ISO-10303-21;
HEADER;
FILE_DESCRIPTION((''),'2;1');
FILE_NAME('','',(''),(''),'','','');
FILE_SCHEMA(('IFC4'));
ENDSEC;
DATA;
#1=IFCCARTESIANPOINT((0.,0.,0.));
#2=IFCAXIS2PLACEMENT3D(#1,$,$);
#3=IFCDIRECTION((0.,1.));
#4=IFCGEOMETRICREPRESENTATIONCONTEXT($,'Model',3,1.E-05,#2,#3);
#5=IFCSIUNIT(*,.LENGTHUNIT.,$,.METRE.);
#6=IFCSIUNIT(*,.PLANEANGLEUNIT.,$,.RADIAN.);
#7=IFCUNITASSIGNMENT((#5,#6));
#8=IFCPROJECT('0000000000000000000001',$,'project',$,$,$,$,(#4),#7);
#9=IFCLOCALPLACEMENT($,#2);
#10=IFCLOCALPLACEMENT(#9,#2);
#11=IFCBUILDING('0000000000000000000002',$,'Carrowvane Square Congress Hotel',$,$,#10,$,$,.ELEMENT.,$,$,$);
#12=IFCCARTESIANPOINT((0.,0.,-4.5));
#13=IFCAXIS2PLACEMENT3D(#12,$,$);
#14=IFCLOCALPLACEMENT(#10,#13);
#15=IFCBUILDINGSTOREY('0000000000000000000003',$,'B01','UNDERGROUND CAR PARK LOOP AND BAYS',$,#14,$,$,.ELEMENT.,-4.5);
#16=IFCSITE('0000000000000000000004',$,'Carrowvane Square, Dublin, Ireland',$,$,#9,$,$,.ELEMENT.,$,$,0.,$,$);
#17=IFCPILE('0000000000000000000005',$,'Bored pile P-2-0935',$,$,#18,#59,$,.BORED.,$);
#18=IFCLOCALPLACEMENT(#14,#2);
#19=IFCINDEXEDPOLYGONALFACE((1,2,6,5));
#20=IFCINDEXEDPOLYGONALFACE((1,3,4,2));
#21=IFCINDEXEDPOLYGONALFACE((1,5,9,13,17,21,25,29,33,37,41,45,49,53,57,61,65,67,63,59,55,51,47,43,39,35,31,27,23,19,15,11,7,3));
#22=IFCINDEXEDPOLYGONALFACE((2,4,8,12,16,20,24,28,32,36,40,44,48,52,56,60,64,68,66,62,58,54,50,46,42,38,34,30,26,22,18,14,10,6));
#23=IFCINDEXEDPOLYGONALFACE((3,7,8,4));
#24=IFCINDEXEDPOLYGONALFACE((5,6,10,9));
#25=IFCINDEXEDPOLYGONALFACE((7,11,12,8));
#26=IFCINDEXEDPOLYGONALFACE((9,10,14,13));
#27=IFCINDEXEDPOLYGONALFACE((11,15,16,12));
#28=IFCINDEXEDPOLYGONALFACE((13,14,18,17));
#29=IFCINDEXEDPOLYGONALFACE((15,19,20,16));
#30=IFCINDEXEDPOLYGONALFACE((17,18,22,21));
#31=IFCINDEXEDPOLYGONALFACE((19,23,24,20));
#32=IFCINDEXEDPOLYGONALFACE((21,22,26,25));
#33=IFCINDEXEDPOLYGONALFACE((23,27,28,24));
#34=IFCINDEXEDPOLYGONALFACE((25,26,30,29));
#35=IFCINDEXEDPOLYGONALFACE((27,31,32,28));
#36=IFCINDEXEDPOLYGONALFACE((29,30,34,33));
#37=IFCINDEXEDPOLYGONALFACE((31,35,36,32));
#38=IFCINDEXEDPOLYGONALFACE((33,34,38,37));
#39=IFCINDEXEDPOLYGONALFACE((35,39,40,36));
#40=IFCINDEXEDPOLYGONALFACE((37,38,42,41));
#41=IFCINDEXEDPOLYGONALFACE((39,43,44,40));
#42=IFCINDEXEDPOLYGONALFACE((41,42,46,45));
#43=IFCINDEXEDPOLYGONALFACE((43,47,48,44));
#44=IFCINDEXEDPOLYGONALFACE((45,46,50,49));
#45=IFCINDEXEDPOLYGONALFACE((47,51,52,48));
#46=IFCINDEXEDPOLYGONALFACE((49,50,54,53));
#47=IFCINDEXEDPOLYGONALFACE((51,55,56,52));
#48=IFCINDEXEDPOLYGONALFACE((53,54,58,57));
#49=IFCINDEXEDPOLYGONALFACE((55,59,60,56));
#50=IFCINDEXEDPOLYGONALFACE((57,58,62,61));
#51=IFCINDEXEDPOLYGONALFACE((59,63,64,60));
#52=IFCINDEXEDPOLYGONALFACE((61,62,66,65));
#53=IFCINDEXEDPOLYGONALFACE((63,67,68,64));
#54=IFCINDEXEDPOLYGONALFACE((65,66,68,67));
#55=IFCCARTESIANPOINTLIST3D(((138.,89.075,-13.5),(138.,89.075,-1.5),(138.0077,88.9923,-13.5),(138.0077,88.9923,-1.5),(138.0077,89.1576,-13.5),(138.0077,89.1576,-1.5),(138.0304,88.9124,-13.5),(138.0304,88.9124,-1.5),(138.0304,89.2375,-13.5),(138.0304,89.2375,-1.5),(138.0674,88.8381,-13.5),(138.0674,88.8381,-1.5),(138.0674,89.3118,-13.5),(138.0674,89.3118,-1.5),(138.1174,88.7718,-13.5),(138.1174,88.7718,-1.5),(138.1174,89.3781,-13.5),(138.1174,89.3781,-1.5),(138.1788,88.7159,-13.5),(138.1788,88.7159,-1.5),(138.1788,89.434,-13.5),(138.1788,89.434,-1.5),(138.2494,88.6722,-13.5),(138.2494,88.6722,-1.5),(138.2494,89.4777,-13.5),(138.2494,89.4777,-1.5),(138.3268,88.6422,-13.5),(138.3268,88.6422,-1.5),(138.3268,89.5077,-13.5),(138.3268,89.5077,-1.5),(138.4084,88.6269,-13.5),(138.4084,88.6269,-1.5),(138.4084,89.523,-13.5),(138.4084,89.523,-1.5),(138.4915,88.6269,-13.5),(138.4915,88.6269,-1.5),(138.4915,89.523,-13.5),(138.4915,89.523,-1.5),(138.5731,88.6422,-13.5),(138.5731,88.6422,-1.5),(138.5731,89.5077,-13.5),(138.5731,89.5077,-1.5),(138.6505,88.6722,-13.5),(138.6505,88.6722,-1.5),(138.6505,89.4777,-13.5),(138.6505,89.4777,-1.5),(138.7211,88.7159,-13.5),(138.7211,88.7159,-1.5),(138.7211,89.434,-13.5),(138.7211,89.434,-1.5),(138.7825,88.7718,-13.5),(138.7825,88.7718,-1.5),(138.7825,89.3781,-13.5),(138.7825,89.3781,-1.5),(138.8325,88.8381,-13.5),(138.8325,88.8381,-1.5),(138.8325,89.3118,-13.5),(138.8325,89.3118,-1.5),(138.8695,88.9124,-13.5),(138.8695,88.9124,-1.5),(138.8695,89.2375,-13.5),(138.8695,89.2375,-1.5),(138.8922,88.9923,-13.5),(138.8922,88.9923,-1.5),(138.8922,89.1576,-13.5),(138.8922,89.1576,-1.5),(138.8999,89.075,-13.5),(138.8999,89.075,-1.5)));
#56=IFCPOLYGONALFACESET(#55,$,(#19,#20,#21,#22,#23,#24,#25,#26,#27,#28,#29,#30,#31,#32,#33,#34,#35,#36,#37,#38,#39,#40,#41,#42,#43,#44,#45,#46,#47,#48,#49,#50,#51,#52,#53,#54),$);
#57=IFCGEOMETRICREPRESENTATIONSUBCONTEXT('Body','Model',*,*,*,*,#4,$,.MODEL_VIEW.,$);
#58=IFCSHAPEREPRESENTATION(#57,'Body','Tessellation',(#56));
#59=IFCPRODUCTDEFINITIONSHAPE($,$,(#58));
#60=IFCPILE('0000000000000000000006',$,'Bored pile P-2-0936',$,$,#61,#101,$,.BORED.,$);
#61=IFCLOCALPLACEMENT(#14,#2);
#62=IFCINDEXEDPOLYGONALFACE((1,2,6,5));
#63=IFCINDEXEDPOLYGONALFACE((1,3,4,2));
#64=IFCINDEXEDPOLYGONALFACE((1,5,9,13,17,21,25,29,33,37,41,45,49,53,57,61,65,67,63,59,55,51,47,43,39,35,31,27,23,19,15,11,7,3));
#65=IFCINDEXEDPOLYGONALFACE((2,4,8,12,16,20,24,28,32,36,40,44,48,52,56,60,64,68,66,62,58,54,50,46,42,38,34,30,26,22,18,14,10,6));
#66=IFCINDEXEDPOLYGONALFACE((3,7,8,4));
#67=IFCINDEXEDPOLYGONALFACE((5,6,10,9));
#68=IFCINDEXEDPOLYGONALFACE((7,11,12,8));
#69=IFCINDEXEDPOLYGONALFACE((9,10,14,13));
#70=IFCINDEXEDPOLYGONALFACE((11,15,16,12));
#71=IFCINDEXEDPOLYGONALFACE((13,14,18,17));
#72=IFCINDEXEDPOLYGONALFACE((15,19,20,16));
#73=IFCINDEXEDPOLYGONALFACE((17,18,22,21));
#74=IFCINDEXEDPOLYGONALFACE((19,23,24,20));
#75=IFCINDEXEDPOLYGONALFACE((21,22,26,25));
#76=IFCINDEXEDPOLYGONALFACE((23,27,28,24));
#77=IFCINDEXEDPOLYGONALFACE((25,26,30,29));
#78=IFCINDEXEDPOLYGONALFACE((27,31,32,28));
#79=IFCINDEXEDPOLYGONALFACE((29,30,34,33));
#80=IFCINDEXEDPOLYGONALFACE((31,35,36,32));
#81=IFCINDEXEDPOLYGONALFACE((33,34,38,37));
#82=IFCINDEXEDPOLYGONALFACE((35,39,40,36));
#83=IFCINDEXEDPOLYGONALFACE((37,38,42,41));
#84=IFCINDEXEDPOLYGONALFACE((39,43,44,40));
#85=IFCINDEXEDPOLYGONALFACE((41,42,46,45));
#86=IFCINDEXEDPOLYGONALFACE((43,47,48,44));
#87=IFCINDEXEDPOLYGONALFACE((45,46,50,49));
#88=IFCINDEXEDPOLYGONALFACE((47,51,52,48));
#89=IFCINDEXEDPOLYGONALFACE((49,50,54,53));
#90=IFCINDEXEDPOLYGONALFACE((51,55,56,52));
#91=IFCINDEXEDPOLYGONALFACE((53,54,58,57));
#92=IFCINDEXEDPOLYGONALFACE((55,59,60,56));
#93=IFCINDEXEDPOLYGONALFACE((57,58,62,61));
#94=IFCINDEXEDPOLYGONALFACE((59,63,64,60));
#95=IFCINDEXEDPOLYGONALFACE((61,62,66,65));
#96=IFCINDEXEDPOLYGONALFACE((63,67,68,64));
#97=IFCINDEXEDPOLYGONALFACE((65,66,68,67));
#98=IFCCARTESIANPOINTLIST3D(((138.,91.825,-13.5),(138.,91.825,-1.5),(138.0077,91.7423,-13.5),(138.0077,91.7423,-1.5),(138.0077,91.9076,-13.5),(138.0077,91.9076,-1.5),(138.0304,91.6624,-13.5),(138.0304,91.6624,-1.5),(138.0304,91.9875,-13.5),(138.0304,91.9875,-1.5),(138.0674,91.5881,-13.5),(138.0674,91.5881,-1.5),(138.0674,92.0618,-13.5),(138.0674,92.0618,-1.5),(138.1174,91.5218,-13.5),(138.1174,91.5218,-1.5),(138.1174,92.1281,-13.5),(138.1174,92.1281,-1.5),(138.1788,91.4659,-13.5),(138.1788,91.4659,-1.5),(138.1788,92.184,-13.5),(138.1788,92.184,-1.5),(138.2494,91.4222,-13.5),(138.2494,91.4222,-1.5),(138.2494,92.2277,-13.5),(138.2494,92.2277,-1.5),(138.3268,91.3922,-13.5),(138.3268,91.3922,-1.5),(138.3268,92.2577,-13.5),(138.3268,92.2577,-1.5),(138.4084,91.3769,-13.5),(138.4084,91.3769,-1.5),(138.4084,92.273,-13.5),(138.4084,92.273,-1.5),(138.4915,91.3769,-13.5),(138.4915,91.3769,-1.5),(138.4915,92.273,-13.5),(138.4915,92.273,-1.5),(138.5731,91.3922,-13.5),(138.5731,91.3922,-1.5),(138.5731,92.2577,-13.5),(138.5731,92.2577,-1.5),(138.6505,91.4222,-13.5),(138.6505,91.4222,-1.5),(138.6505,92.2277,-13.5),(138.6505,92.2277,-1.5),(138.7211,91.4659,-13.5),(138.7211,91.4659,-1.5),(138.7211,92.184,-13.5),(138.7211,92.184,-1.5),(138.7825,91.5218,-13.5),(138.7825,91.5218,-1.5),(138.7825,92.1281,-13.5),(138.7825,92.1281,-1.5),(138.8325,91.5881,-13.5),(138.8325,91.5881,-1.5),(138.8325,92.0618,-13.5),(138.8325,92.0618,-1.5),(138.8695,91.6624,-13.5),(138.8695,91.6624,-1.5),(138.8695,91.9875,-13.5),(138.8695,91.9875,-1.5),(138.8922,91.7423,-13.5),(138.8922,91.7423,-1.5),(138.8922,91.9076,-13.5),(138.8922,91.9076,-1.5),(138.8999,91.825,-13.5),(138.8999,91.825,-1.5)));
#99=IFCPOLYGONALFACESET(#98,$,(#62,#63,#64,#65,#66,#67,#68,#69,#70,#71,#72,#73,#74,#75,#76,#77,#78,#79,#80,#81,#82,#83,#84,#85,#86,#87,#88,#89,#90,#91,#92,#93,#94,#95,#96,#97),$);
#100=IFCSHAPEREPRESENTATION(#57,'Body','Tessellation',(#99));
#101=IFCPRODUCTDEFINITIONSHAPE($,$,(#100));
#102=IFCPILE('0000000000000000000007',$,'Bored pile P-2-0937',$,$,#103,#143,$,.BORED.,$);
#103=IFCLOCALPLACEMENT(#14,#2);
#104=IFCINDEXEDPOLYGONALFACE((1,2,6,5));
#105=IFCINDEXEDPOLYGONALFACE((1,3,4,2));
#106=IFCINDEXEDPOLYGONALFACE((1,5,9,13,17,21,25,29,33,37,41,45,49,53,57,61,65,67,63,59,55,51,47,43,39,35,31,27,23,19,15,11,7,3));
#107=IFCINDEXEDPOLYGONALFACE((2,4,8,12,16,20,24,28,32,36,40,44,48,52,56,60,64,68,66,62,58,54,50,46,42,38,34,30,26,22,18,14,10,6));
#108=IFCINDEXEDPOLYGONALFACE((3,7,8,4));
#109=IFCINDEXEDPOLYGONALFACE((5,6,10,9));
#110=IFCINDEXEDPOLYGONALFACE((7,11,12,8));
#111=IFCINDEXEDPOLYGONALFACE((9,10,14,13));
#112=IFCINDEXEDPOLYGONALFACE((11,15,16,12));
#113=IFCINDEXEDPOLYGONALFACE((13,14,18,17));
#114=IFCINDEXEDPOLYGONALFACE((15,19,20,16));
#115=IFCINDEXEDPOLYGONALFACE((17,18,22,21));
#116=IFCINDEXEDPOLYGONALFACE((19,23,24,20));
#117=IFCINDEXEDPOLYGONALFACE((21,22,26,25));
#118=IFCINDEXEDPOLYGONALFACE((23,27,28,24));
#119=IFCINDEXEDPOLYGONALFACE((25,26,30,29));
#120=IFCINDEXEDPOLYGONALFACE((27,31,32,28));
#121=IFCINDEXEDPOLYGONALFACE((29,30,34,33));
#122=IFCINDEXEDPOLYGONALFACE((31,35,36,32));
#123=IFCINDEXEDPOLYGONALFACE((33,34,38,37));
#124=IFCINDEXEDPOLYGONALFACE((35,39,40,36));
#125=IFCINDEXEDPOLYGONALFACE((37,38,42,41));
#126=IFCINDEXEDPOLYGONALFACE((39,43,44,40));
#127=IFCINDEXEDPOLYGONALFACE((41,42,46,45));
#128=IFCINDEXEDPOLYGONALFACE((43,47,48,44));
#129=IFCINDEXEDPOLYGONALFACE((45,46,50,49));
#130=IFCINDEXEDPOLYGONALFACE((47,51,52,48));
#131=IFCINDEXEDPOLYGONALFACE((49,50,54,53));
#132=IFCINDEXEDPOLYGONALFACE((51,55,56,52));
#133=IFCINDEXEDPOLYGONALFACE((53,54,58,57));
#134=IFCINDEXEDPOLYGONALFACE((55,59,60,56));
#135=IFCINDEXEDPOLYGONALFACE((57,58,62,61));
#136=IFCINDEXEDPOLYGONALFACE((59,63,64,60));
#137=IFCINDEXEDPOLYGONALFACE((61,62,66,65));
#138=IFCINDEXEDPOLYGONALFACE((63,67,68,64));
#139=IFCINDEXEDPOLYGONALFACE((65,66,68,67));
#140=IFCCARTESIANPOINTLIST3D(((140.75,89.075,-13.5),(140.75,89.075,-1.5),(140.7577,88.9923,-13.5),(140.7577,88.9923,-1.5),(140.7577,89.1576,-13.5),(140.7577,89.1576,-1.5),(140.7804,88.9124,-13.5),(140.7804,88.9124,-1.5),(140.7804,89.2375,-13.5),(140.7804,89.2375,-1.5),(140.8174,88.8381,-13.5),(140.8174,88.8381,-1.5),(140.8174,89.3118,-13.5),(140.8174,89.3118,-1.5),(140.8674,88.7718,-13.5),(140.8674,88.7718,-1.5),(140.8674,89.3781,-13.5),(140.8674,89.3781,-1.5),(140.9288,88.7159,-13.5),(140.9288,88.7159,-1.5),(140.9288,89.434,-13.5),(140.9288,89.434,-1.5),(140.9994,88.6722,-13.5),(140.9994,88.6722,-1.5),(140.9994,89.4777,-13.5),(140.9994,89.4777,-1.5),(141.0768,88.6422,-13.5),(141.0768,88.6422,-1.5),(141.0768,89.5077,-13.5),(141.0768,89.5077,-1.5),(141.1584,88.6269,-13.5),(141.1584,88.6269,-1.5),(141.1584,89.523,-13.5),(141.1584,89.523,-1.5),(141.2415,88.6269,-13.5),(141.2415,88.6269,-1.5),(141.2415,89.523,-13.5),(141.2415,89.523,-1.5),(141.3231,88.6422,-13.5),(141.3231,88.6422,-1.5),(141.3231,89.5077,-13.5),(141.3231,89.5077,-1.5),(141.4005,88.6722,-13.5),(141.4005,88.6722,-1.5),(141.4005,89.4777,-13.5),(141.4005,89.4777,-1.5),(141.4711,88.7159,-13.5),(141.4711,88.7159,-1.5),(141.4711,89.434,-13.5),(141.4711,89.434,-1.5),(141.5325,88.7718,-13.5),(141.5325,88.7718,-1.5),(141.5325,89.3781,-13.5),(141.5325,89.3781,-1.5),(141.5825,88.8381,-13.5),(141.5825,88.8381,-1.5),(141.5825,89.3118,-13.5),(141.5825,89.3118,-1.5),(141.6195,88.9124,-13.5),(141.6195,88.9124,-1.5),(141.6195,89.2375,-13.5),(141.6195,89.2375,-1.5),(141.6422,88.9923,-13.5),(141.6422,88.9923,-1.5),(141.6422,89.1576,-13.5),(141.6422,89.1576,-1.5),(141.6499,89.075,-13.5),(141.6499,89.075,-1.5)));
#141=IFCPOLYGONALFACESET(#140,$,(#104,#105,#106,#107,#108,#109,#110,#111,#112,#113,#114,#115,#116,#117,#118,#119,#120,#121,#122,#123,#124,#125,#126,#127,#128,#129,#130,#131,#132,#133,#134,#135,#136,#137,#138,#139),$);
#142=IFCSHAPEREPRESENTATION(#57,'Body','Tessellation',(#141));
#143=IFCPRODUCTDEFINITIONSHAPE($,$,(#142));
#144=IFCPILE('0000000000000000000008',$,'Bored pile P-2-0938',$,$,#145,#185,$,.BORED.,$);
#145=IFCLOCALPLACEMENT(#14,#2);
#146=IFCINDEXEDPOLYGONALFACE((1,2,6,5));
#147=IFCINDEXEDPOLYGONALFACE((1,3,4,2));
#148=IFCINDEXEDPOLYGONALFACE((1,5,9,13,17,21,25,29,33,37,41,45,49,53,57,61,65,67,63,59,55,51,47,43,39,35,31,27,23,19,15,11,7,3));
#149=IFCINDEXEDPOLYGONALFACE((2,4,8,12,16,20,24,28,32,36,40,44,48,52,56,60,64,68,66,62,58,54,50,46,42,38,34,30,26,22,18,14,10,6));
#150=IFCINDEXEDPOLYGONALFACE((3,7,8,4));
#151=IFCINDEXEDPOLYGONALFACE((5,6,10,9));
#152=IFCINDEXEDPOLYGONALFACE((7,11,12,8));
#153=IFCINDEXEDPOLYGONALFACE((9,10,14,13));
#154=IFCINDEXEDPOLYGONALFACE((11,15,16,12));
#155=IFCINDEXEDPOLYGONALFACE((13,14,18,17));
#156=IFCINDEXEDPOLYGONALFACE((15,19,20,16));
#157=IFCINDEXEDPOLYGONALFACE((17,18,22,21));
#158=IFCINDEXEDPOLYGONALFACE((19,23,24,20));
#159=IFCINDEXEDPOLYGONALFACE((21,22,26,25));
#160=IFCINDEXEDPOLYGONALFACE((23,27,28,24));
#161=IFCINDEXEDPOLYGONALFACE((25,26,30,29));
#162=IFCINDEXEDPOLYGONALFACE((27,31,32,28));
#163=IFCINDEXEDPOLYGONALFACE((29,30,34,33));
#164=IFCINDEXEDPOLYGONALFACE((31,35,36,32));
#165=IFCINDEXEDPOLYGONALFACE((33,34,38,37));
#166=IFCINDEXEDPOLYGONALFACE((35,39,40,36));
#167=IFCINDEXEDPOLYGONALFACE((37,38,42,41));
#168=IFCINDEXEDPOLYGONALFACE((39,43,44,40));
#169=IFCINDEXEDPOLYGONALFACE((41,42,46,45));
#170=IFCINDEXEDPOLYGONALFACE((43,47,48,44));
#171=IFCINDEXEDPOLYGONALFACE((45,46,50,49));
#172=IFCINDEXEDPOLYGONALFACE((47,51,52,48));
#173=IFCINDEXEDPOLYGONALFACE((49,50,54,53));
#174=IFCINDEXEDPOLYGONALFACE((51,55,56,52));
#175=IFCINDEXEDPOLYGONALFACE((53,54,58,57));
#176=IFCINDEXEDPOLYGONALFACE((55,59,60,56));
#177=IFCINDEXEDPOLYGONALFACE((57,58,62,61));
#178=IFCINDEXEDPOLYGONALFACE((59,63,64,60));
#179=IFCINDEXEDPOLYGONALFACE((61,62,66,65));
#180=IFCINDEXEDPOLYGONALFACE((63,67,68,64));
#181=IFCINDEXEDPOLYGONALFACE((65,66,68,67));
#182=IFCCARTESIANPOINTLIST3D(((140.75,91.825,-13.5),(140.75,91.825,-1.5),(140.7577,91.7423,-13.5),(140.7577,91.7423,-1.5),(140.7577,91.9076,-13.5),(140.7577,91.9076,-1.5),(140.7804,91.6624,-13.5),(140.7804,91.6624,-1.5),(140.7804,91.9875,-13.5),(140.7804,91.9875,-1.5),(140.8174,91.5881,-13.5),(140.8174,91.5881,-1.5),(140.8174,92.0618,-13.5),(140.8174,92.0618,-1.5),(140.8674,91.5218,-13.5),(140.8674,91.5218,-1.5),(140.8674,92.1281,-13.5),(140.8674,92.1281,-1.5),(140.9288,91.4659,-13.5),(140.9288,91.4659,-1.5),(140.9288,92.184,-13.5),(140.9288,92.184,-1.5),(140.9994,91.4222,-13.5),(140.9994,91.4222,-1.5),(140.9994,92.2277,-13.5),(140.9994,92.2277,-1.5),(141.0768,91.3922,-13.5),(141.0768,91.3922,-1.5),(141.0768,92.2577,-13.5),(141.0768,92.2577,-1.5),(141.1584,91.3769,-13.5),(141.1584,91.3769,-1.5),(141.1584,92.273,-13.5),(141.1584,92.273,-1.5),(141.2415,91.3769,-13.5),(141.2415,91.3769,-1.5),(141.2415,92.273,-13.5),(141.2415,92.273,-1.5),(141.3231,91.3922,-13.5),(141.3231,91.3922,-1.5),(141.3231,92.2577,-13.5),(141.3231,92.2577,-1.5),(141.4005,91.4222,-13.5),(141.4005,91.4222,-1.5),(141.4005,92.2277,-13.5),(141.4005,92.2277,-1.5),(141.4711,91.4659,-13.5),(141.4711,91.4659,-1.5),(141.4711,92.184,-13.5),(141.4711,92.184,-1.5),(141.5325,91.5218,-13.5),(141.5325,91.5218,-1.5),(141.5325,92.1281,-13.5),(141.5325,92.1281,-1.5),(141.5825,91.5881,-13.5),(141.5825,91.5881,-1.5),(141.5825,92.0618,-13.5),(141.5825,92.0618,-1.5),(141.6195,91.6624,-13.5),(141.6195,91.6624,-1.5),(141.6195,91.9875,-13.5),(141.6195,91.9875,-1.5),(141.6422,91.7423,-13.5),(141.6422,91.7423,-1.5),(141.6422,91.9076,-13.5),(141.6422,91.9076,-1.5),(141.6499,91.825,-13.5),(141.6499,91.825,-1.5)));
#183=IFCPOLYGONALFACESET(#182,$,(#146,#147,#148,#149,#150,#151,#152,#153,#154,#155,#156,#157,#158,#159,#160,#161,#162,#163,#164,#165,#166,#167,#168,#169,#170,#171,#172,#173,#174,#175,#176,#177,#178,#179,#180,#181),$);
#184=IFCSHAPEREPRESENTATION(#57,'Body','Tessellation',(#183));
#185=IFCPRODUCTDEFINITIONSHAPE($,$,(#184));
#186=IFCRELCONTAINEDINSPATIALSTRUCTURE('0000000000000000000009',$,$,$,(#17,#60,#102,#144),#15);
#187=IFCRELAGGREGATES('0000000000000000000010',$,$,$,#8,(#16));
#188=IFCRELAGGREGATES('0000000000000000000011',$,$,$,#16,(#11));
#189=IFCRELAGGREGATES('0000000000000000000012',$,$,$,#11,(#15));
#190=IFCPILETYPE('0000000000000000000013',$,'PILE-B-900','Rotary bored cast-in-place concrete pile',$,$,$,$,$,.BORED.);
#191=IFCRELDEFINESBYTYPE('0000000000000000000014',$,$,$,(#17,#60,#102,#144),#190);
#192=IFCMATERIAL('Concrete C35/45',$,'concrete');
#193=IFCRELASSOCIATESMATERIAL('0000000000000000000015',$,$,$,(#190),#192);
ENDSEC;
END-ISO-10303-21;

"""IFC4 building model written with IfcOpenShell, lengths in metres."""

from ifc_helpers import new_model, si_unit, direction, frame, origin, origin_2d, place, context, subcontext, project, spatial, circle, extrude, material, material_profile, profile_set, type_object, element, save


model = new_model("IFC4")

# Units and contexts
model_context = context("Model", 3, precision=1e-05, world=origin(), true_north=direction((0.0, 1.0)))
body_context = subcontext(model_context, "Body", "Model", "MODEL_VIEW")
ifc_project = project(units=[si_unit("LENGTHUNIT", "METRE"), si_unit("PLANEANGLEUNIT", "RADIAN")], contexts=[model_context])

# Site, building, storey
site_placement = place(None, origin())
site = spatial("IfcSite", under=ifc_project, at=site_placement, Name="Carrowvane Square, Dublin, Ireland", CompositionType="ELEMENT", RefElevation=0.0)
building_placement = place(site_placement, origin())
building = spatial("IfcBuilding", under=site, at=building_placement, Name="Carrowvane Square Congress Hotel", CompositionType="ELEMENT")
storey_placement = place(building_placement, frame((0.0, 0.0, -4.5)))
storey = spatial("IfcBuildingStorey", under=building, at=storey_placement, Name="B01", Description="UNDERGROUND CAR PARK LOOP AND BAYS", CompositionType="ELEMENT", Elevation=-4.5)

# Piles
ifc_material_1 = material(Name="Concrete C35/45", Category="concrete")
ifc_material_profile_1 = material_profile(ifc_material_1, circle(Radius=0.45, at=origin_2d()), Name="PILE D900")
ifc_profile_set_1 = profile_set([ifc_material_profile_1], Name="Concrete C35/45")
pile_type_1 = type_object("IfcPileType", Name="PILE-B-900", Description="Rotary bored cast-in-place concrete pile", PredefinedType="BORED", material=ifc_profile_set_1)
for number, where, z_axis, x_axis, name in (
    (1, (138.45, 89.075, -1.5), (0.0, 0.0, -1.0), (1.0, 0.0, 0.0), "Bored pile P-2-0935"),
    (2, (138.45, 91.825, -1.5), (0.0, 0.0, -1.0), (1.0, 0.0, 0.0), "Bored pile P-2-0936"),
    (3, (141.2, 89.075, -1.5), (0.0, 0.0, -1.0), (1.0, 0.0, 0.0), "Bored pile P-2-0937"),
    (4, (141.2, 91.825, -1.5), (0.0, 0.0, -1.0), (1.0, 0.0, 0.0), "Bored pile P-2-0938"),
):
    element("IfcPile", number, at=place(storey_placement, frame(where, z_axis=z_axis, x_axis=x_axis)), inside=storey, type_object=pile_type_1, Name=name, PredefinedType="BORED", context=body_context, shape_type="SweptSolid", body=[
        extrude(circle(Radius=0.45, at=origin_2d()), origin(), (0.0, 0.0, 1.0), 12.0),
    ])

save(model, "model.ifc")
